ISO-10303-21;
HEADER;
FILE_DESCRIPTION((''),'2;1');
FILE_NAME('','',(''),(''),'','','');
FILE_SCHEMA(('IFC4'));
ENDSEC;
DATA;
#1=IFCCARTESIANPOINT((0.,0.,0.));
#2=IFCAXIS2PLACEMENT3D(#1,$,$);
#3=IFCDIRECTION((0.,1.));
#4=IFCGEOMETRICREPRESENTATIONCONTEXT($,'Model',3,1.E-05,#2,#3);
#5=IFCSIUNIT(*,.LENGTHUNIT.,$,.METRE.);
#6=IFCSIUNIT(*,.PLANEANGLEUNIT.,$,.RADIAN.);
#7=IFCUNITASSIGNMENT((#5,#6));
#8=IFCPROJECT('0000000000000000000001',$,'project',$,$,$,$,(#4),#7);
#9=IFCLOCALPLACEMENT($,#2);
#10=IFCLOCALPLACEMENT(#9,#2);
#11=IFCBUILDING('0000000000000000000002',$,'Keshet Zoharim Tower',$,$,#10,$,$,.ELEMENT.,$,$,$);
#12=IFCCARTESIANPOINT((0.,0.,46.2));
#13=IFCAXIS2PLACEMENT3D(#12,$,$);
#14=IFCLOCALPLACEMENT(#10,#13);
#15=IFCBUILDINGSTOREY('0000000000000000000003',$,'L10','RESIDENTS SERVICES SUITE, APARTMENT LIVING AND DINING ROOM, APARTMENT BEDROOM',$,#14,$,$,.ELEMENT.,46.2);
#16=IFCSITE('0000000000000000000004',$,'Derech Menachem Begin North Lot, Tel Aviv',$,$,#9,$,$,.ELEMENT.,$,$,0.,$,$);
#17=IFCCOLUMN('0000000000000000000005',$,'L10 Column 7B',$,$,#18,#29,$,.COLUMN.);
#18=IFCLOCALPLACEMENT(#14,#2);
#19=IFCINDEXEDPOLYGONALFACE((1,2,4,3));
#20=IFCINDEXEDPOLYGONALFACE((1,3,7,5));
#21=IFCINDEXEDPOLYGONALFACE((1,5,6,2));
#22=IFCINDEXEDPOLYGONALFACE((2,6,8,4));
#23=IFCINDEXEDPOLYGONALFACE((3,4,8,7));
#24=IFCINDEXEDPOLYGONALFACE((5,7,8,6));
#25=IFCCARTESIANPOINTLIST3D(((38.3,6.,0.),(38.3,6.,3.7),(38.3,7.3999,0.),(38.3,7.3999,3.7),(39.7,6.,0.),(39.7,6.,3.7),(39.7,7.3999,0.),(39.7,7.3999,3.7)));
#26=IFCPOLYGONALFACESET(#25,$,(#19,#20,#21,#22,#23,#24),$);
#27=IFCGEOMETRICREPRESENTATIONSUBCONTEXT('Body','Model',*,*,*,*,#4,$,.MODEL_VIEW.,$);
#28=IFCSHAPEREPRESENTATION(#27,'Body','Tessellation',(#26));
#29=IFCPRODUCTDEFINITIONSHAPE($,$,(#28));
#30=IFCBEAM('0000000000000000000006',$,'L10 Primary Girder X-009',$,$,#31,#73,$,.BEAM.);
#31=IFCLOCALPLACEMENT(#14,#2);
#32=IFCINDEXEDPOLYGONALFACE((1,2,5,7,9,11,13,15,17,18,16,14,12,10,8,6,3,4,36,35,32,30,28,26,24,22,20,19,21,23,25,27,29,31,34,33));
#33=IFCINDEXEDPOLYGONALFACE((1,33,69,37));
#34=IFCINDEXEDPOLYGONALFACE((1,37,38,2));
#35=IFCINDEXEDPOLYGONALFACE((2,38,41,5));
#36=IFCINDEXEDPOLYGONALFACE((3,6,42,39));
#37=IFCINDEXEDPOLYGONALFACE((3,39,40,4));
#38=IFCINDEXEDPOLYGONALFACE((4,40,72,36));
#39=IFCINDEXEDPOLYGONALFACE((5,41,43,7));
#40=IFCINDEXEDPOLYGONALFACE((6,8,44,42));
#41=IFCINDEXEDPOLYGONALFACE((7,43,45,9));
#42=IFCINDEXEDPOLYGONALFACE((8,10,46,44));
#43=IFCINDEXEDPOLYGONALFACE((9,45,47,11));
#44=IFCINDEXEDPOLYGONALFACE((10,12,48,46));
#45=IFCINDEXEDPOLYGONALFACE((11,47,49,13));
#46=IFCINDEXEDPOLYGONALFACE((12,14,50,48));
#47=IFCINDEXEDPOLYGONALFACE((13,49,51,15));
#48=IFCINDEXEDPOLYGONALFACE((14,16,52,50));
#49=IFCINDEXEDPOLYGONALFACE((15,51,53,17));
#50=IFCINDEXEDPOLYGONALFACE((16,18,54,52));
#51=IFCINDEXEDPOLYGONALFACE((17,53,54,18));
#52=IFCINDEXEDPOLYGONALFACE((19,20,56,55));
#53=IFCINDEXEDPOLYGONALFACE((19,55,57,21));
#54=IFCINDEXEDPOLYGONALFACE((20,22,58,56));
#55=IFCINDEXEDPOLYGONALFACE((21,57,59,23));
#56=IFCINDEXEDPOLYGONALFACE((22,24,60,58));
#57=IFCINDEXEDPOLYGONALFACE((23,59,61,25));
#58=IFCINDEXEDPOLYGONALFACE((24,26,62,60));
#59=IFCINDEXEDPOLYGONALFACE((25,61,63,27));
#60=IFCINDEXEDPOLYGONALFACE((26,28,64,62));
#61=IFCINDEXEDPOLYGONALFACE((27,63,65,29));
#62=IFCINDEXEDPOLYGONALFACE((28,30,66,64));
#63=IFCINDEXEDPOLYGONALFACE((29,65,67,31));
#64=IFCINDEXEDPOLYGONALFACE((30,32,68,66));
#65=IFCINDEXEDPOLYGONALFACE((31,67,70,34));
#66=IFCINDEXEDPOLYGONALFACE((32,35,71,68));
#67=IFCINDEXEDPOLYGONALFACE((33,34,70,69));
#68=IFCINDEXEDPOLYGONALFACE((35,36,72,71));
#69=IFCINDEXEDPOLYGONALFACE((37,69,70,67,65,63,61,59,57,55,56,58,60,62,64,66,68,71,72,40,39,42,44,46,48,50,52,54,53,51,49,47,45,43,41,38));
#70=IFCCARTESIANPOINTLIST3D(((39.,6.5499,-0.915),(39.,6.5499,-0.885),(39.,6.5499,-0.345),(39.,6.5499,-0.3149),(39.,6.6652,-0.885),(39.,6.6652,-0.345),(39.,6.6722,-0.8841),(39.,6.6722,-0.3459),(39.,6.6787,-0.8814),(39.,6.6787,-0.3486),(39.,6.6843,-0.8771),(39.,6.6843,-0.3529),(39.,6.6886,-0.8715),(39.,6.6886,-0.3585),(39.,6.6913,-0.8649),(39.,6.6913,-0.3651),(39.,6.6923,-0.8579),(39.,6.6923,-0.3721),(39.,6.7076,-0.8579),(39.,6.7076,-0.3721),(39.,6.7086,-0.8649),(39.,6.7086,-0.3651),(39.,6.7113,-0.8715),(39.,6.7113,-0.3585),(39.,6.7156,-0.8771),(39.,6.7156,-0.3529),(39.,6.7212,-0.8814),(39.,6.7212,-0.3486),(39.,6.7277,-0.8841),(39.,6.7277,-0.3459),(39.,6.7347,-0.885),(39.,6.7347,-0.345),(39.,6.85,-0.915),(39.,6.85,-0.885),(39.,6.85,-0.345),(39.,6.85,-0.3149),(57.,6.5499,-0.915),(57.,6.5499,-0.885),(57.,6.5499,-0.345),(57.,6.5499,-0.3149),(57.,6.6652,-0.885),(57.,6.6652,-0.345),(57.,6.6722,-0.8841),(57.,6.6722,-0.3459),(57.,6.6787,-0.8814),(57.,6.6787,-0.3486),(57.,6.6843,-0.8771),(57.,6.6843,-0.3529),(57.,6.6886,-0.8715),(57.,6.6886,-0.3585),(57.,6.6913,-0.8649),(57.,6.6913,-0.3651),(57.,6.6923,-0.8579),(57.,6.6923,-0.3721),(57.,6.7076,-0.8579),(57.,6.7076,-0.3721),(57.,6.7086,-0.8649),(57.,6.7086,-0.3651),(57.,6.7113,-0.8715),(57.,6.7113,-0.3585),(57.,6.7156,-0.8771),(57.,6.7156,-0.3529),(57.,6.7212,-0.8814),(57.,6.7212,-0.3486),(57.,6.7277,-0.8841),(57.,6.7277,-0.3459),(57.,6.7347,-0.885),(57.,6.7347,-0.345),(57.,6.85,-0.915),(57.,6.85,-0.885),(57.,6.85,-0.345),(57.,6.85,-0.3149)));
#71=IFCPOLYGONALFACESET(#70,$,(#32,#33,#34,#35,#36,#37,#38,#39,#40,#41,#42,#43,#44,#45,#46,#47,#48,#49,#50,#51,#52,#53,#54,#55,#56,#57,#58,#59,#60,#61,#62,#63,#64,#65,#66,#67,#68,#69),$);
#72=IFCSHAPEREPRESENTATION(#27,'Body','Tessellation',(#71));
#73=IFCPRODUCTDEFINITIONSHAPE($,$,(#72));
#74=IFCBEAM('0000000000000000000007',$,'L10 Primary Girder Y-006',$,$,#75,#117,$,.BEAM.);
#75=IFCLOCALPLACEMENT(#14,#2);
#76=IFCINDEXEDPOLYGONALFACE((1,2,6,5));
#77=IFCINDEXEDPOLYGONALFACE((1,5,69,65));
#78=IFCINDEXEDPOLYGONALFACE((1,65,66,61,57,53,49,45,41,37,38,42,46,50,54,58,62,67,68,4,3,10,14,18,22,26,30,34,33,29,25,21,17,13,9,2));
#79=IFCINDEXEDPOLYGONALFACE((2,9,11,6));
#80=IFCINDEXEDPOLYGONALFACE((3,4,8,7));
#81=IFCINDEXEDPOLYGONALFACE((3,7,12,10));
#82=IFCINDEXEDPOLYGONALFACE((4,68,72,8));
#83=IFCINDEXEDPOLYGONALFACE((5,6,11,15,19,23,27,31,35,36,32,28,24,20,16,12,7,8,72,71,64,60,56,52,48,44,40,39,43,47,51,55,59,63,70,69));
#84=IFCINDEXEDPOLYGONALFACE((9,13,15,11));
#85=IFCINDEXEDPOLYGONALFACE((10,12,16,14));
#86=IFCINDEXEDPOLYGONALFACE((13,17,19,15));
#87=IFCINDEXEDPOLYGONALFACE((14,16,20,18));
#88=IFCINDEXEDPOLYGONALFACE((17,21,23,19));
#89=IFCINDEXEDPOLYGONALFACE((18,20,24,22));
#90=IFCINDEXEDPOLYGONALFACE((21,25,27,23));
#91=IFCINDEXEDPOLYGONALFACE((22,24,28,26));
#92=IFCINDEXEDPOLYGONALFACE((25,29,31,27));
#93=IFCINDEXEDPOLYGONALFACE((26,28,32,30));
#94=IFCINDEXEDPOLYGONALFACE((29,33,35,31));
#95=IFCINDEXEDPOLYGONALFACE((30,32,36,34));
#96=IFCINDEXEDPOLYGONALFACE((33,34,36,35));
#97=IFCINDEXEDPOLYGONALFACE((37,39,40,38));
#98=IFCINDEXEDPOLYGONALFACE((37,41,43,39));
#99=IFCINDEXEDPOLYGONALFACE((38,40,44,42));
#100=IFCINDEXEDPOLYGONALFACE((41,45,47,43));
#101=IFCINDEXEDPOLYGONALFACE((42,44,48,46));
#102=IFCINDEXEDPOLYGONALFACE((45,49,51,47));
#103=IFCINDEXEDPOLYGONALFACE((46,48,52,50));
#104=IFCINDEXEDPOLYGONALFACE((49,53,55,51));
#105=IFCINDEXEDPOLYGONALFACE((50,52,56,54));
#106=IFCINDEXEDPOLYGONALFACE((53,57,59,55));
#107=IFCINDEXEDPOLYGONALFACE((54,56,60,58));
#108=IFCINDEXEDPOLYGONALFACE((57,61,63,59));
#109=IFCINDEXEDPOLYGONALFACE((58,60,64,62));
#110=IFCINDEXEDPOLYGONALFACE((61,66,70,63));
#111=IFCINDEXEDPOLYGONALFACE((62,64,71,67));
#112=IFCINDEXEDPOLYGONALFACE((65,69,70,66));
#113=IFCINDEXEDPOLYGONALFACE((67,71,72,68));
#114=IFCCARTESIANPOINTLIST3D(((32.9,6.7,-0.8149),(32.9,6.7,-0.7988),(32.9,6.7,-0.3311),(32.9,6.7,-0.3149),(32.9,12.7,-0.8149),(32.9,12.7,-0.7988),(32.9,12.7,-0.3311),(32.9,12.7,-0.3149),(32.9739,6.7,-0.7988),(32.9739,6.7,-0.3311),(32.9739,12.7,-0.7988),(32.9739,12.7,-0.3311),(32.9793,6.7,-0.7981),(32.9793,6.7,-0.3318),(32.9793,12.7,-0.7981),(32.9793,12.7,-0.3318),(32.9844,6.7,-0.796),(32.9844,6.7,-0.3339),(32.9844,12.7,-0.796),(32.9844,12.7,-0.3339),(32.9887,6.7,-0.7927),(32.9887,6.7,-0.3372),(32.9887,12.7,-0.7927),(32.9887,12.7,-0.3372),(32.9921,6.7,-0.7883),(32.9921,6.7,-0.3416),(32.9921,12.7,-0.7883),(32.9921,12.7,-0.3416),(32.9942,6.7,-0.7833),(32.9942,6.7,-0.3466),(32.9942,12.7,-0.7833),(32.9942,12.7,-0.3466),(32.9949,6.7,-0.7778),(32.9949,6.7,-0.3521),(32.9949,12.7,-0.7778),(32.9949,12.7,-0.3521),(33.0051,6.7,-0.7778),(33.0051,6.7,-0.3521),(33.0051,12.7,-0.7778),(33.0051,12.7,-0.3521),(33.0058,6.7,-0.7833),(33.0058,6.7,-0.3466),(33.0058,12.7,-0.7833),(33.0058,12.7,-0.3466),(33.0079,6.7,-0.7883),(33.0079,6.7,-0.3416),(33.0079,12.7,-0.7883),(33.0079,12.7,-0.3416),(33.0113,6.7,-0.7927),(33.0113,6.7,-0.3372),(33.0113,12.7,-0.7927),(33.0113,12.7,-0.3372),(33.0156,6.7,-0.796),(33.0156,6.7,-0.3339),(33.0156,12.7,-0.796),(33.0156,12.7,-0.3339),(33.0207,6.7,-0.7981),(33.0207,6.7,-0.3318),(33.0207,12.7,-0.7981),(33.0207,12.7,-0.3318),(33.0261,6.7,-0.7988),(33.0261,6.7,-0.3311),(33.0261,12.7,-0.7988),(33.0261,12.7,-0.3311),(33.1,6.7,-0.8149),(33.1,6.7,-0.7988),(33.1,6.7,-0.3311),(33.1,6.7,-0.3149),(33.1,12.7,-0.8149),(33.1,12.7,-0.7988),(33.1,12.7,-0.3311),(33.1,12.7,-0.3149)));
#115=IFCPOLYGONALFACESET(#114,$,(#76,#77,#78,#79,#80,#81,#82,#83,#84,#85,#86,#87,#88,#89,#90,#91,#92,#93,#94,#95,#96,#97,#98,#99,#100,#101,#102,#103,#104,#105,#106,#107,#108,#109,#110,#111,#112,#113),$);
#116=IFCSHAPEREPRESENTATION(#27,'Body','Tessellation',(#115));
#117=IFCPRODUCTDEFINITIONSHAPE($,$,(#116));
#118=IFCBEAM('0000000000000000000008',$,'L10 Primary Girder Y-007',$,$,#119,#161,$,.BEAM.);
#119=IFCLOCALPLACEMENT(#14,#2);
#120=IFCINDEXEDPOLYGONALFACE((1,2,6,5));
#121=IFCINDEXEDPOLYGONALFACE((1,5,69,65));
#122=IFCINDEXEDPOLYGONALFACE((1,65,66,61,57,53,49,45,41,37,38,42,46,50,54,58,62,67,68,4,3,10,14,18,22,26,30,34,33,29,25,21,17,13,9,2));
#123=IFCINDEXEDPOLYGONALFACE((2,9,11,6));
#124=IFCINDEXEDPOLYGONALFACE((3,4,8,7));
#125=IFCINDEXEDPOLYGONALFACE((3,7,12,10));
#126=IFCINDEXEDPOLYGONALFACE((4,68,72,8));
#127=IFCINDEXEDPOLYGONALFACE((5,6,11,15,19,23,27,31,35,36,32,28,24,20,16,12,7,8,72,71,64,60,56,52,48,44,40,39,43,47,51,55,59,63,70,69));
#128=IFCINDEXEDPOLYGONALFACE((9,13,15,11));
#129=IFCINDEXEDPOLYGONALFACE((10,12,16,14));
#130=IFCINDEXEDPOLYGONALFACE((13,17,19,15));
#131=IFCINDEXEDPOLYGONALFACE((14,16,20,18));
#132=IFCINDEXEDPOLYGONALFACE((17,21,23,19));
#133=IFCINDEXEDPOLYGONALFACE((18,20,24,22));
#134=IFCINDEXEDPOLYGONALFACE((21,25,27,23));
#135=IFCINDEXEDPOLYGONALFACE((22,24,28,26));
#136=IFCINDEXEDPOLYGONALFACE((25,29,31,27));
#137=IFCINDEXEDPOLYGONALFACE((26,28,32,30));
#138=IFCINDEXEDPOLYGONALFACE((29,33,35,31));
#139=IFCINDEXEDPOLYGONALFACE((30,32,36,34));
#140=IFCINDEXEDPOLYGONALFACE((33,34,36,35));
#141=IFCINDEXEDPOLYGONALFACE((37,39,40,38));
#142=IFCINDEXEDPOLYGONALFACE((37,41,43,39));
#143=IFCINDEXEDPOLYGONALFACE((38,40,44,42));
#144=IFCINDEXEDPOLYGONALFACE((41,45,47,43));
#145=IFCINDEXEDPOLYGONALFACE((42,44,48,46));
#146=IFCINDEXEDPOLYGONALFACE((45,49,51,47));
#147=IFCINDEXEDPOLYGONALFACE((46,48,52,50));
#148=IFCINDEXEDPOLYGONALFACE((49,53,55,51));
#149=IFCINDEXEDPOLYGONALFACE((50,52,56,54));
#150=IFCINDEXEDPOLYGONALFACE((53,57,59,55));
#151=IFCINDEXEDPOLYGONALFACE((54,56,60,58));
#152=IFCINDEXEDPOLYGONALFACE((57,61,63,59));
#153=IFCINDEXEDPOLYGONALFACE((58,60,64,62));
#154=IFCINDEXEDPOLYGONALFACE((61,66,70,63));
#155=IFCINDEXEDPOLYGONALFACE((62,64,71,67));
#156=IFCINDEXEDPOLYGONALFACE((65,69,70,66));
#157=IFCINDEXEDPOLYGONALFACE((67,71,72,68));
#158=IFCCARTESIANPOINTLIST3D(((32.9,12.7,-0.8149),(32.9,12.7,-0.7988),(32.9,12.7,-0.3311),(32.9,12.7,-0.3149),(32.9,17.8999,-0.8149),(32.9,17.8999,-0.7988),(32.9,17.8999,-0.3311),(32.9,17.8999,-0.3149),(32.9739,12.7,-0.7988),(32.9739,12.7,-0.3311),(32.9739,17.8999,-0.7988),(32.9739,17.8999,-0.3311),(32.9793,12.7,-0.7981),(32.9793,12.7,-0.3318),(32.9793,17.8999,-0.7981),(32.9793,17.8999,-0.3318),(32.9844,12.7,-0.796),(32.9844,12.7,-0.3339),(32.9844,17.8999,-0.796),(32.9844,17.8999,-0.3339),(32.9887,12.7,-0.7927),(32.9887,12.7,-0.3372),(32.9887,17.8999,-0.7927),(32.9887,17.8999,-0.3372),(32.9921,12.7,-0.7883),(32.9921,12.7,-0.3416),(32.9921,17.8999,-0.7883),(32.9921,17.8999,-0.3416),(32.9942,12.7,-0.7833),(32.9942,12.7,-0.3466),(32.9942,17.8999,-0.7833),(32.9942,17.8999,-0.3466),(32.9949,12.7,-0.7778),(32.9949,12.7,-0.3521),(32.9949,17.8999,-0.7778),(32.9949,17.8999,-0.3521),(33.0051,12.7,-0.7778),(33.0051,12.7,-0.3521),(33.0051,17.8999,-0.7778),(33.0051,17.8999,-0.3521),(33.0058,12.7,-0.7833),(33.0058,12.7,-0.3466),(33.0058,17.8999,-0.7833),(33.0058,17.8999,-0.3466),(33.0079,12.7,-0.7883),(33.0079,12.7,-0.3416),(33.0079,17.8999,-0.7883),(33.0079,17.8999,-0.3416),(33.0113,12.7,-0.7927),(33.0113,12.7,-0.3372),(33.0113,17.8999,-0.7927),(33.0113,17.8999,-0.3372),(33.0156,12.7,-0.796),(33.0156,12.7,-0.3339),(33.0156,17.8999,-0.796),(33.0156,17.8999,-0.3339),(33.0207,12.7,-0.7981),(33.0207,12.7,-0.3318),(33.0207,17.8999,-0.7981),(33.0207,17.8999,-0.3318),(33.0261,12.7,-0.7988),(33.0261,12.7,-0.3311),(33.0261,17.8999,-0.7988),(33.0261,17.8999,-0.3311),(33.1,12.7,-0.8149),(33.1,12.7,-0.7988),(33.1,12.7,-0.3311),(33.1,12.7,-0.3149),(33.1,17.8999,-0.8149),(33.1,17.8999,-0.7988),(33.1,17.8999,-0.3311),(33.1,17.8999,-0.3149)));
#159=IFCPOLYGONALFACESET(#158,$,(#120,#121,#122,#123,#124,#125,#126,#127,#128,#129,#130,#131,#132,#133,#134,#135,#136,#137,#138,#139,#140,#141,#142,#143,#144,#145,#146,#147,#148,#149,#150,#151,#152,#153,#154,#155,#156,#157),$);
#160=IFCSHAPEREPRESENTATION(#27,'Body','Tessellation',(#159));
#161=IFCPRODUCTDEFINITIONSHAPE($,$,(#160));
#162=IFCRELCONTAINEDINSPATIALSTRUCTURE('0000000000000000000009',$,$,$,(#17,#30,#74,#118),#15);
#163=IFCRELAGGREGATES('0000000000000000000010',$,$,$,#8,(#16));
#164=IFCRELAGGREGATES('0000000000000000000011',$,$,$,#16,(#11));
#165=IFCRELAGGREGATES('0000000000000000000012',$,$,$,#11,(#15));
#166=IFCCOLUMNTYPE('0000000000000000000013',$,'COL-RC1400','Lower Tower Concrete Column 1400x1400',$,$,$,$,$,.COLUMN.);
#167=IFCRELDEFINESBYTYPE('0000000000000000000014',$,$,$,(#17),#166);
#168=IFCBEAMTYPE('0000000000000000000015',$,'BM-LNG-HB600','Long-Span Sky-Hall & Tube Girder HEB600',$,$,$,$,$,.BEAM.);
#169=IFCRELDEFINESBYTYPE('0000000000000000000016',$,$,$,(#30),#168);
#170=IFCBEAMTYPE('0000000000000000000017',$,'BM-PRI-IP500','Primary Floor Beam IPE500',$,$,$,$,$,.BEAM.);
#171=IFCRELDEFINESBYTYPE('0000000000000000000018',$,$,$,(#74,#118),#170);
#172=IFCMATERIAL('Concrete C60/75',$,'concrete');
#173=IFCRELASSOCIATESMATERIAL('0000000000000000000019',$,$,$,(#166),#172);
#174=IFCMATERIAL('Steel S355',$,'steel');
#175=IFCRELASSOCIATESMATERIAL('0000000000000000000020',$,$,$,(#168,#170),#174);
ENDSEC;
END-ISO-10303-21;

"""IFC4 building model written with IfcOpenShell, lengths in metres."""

from ifc_helpers import new_model, si_unit, direction, frame, origin, origin_2d, place, context, subcontext, project, spatial, rectangle, i_section, extrude, material, material_profile, profile_set, type_object, element, save


model = new_model("IFC4")

# Units and contexts
model_context = context("Model", 3, precision=1e-05, world=origin(), true_north=direction((0.0, 1.0)))
body_context = subcontext(model_context, "Body", "Model", "MODEL_VIEW")
ifc_project = project(units=[si_unit("LENGTHUNIT", "METRE"), si_unit("PLANEANGLEUNIT", "RADIAN")], contexts=[model_context])

# Site, building, storey
site_placement = place(None, origin())
site = spatial("IfcSite", under=ifc_project, at=site_placement, Name="Derech Menachem Begin North Lot, Tel Aviv", CompositionType="ELEMENT", RefElevation=0.0)
building_placement = place(site_placement, origin())
building = spatial("IfcBuilding", under=site, at=building_placement, Name="Keshet Zoharim Tower", CompositionType="ELEMENT")
storey_placement = place(building_placement, frame((0.0, 0.0, 46.2)))
storey = spatial("IfcBuildingStorey", under=building, at=storey_placement, Name="L10", Description="RESIDENTS SERVICES SUITE, APARTMENT LIVING AND DINING ROOM, APARTMENT BEDROOM", CompositionType="ELEMENT", Elevation=46.2)

# Column
ifc_material_1 = material(Name="Concrete C60/75", Category="concrete")
ifc_material_profile_1 = material_profile(ifc_material_1, rectangle(XDim=1.3999, YDim=1.3999, at=origin_2d()), Name="RC1400x1400")
ifc_profile_set_1 = profile_set([ifc_material_profile_1], Name="Concrete C60/75")
column_type = type_object("IfcColumnType", Name="COL-RC1400", Description="Lower Tower Concrete Column 1400x1400", PredefinedType="COLUMN", material=ifc_profile_set_1)
column_placement = place(storey_placement, frame((39.0, 6.7, 0.0), z_axis=(0.0, 0.0, 1.0), x_axis=(1.0, 0.0, 0.0)))
element("IfcColumn", 1, at=column_placement, inside=storey, type_object=column_type, Name="L10 Column 7B", PredefinedType="COLUMN", context=body_context, shape_type="SweptSolid", body=[
    extrude(rectangle(XDim=1.3999, YDim=1.3999, at=origin_2d()), origin(), (0.0, 0.0, 1.0), 3.7),
])

# Beams
ifc_material_2 = material(Name="Steel S355", Category="steel")
ifc_material_profile_2 = material_profile(ifc_material_2, i_section(OverallWidth=0.3, OverallDepth=0.6001, WebThickness=0.0154, FlangeThickness=0.03, FilletRadius=0.0271, at=origin_2d()), Name="HEB600")
ifc_profile_set_2 = profile_set([ifc_material_profile_2], Name="Steel S355")
beam_type_1 = type_object("IfcBeamType", Name="BM-LNG-HB600", Description="Long-Span Sky-Hall & Tube Girder HEB600", PredefinedType="BEAM", material=ifc_profile_set_2)
beam_1_placement = place(storey_placement, frame((39.0, 6.7, -0.615), z_axis=(1.0, 0.0, 0.0), x_axis=(0.0, 1.0, 0.0)))
element("IfcBeam", 2, at=beam_1_placement, inside=storey, type_object=beam_type_1, Name="L10 Primary Girder X-009", PredefinedType="BEAM", context=body_context, shape_type="SweptSolid", body=[
    extrude(i_section(OverallWidth=0.3, OverallDepth=0.6001, WebThickness=0.0154, FlangeThickness=0.03, FilletRadius=0.0271, at=origin_2d()), origin(), (0.0, 0.0, 1.0), 18.0),
])
ifc_material_profile_3 = material_profile(ifc_material_2, i_section(OverallWidth=0.2, OverallDepth=0.5, WebThickness=0.0103, FlangeThickness=0.0161, FilletRadius=0.021, at=origin_2d()), Name="IPE500")
ifc_profile_set_3 = profile_set([ifc_material_profile_3], Name="Steel S355")
beam_type_2 = type_object("IfcBeamType", Name="BM-PRI-IP500", Description="Primary Floor Beam IPE500", PredefinedType="BEAM", material=ifc_profile_set_3)
beam_2_placement = place(storey_placement, frame((33.0, 6.7, -0.5649), z_axis=(0.0, 1.0, 0.0), x_axis=(-1.0, 0.0, 0.0)))
element("IfcBeam", 3, at=beam_2_placement, inside=storey, type_object=beam_type_2, Name="L10 Primary Girder Y-006", PredefinedType="BEAM", context=body_context, shape_type="SweptSolid", body=[
    extrude(i_section(OverallWidth=0.2, OverallDepth=0.5, WebThickness=0.0103, FlangeThickness=0.0161, FilletRadius=0.021, at=origin_2d()), origin(), (0.0, 0.0, 1.0), 6.0),
])
beam_3_placement = place(storey_placement, frame((33.0, 12.7, -0.5649), z_axis=(0.0, 1.0, 0.0), x_axis=(-1.0, 0.0, 0.0)))
element("IfcBeam", 4, at=beam_3_placement, inside=storey, type_object=beam_type_2, Name="L10 Primary Girder Y-007", PredefinedType="BEAM", context=body_context, shape_type="SweptSolid", body=[
    extrude(i_section(OverallWidth=0.2, OverallDepth=0.5, WebThickness=0.0103, FlangeThickness=0.0161, FilletRadius=0.021, at=origin_2d()), origin(), (0.0, 0.0, 1.0), 5.2),
])

save(model, "model.ifc")
